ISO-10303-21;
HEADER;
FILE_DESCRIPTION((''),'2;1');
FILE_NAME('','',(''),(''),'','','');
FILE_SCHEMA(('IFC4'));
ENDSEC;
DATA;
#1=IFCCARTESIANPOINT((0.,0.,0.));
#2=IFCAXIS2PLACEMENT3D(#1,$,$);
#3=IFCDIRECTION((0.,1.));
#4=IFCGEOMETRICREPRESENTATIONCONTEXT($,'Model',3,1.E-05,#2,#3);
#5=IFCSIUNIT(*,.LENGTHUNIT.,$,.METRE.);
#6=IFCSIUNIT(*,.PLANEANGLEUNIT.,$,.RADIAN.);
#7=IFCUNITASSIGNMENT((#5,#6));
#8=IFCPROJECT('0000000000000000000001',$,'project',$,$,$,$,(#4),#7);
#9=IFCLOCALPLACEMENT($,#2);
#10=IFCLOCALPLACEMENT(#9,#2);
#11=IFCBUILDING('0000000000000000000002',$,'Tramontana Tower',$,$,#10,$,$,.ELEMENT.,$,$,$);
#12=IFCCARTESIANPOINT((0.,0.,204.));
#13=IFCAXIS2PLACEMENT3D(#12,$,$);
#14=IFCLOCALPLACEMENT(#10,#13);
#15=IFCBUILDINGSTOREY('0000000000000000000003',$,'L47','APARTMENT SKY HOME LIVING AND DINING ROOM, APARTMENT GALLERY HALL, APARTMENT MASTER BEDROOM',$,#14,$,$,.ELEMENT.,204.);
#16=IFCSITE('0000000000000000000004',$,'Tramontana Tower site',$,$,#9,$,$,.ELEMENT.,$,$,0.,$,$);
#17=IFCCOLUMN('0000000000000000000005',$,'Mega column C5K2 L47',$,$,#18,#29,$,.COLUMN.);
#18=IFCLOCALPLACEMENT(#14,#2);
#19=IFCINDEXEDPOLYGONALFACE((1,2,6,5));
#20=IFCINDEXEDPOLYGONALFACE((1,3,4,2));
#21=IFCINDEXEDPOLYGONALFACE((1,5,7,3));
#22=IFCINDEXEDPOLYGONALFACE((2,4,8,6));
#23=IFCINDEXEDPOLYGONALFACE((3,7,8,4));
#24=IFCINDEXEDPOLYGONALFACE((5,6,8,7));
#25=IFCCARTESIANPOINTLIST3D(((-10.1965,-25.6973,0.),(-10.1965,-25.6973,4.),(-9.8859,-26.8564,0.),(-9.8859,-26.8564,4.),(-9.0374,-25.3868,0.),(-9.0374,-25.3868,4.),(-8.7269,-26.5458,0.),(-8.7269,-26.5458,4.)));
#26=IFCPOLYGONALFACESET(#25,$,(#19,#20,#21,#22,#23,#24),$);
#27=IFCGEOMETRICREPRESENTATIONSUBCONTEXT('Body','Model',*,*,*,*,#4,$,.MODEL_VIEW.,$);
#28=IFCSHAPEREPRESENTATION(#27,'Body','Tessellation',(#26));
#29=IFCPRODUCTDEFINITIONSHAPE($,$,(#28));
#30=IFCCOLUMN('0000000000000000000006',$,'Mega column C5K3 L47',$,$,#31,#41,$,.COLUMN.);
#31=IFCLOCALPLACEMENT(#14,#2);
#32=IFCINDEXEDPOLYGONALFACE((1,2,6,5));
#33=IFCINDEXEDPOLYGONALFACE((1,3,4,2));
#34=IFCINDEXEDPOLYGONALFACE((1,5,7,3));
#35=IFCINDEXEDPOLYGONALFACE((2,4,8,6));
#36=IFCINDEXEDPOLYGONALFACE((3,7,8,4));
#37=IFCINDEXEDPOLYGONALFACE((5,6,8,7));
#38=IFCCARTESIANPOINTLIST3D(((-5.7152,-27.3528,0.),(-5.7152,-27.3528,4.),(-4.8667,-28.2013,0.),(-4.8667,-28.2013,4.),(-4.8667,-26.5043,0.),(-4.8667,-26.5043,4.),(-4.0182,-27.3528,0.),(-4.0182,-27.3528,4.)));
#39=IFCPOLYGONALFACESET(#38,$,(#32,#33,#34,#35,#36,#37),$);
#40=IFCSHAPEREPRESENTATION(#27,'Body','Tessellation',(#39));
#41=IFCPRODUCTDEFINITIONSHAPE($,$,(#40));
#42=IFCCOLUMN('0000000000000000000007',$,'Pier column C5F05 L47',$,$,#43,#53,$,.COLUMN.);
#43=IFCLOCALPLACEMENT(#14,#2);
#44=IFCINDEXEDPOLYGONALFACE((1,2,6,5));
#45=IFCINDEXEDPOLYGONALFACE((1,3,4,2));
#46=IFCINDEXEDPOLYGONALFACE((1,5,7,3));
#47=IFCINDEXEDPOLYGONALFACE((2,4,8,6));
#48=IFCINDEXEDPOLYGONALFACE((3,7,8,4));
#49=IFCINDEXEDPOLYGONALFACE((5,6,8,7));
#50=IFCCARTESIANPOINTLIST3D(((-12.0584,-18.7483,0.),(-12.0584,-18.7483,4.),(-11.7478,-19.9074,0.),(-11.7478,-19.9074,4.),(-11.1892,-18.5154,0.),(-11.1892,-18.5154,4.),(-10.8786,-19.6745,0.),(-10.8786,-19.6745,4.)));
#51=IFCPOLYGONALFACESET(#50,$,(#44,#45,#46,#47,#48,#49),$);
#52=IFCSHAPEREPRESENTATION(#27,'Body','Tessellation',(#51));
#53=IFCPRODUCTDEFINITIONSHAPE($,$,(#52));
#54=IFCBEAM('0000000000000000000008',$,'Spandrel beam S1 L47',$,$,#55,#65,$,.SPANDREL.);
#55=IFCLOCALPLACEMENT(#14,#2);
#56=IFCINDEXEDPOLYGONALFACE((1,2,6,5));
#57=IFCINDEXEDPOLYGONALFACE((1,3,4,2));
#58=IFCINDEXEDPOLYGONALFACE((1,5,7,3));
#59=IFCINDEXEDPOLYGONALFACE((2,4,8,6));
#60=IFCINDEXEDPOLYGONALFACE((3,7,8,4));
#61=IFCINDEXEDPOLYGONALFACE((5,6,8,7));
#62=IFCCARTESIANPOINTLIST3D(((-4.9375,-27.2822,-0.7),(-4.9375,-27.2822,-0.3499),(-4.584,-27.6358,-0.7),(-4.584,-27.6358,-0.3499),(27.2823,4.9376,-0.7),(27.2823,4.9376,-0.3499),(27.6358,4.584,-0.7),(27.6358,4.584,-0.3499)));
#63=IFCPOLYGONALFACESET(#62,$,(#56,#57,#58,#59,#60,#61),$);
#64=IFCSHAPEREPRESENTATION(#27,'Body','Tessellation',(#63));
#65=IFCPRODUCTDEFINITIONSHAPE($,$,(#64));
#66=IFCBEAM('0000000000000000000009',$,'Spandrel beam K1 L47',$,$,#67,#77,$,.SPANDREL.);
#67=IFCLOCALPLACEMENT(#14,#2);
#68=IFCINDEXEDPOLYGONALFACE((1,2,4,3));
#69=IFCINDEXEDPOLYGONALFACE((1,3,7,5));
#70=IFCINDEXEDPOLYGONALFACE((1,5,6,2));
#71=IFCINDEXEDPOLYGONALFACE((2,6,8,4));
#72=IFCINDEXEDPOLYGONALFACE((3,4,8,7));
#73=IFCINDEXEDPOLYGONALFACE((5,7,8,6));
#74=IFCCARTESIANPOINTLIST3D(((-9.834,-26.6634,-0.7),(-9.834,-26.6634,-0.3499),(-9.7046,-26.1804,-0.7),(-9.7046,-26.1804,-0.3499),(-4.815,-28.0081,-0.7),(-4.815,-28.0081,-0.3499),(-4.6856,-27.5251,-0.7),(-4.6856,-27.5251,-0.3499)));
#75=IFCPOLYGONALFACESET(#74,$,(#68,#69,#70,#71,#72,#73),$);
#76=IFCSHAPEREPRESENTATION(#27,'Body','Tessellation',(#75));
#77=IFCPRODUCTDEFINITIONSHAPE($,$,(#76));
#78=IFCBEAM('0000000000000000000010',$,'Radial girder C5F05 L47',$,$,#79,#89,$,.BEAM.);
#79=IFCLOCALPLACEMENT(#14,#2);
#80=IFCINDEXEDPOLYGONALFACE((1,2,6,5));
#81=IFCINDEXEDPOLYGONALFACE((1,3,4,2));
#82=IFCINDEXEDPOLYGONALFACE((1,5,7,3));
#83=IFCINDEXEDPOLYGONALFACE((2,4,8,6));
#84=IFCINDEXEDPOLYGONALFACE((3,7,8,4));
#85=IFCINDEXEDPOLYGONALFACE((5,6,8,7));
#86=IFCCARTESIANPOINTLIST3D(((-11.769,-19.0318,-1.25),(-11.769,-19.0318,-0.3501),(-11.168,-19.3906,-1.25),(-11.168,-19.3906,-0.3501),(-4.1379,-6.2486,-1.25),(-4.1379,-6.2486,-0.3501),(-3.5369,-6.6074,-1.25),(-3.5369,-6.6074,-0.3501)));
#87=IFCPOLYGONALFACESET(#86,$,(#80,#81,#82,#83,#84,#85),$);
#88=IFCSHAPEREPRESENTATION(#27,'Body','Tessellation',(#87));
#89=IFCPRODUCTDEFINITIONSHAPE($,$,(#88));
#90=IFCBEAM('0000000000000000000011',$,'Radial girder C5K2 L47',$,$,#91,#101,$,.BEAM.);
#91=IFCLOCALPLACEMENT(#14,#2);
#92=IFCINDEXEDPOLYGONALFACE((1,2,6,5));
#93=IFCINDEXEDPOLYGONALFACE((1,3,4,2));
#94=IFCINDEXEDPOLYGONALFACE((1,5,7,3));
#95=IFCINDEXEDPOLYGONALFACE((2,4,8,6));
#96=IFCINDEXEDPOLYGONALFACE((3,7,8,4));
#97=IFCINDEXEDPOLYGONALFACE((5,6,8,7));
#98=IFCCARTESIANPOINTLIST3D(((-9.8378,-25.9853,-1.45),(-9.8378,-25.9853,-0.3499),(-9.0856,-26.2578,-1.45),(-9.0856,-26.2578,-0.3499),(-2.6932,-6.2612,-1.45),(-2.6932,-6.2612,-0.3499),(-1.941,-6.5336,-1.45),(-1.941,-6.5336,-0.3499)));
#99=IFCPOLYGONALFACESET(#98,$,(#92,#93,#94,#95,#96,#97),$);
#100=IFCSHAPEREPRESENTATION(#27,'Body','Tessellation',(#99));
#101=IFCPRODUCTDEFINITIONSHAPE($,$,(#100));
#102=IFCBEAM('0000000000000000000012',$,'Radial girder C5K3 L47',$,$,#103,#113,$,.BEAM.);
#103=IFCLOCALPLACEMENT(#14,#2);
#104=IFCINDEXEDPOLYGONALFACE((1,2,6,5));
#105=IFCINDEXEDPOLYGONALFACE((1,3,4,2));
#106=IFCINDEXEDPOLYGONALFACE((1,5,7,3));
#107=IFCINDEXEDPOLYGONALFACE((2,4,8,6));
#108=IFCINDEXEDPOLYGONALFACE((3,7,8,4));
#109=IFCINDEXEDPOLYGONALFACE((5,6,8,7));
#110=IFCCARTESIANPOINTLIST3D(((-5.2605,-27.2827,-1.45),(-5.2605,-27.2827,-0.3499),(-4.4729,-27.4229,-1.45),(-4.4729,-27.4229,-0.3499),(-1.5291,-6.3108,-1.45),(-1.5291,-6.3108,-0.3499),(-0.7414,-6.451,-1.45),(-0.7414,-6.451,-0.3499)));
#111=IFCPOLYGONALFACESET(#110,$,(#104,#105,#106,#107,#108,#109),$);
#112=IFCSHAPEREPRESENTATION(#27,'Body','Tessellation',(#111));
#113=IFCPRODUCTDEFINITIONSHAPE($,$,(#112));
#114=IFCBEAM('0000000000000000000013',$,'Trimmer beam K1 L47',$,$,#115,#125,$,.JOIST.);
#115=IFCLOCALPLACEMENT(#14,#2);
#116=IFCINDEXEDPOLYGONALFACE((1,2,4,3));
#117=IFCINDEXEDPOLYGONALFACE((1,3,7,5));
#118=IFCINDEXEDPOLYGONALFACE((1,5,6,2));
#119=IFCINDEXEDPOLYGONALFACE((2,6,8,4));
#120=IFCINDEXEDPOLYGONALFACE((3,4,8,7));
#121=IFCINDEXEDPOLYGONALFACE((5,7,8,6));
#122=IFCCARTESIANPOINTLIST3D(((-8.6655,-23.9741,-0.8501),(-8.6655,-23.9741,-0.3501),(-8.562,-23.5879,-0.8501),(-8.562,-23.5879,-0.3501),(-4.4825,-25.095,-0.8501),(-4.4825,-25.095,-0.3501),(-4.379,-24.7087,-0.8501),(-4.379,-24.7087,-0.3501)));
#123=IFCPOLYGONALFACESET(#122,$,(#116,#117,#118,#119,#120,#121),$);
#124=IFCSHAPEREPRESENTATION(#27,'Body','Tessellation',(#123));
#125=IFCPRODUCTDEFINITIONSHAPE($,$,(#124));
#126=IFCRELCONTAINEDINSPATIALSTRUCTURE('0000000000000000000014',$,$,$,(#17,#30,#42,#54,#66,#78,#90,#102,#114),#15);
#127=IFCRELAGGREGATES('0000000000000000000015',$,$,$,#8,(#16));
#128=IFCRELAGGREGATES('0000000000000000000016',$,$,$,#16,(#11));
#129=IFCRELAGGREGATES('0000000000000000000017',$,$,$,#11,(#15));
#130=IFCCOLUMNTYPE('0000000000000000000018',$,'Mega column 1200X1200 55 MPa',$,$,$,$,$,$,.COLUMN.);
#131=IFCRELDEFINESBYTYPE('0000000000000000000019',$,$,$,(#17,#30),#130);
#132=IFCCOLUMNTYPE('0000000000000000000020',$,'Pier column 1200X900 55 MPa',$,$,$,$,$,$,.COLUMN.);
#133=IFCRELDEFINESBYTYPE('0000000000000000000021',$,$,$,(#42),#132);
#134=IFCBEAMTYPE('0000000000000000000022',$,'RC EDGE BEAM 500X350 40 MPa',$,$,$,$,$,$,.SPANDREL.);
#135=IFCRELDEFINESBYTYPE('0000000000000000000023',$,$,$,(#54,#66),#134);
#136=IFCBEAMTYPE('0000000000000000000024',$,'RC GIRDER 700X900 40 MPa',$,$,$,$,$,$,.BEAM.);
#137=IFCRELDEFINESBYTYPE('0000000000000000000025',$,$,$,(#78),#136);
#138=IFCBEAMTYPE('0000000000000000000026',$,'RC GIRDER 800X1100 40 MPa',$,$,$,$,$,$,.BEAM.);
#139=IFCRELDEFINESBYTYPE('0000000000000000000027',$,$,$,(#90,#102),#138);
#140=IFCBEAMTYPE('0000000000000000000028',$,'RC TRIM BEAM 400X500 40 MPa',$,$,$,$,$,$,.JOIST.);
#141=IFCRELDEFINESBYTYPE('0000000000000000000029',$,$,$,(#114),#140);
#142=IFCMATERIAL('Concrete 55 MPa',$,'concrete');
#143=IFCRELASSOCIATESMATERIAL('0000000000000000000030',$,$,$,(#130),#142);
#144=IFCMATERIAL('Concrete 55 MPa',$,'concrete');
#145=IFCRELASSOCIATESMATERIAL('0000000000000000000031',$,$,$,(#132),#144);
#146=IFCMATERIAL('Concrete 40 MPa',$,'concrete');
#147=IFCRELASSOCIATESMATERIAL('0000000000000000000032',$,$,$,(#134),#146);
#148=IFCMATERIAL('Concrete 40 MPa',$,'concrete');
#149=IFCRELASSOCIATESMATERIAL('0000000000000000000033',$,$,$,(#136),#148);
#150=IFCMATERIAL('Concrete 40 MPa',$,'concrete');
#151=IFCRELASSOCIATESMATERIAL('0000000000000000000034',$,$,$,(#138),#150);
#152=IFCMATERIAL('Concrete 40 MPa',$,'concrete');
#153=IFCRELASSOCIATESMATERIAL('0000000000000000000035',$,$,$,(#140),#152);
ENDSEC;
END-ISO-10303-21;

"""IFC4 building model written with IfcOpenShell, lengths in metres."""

from ifc_helpers import new_model, si_unit, direction, frame, origin, origin_2d, place, context, subcontext, project, spatial, rectangle, extrude, material, material_profile, profile_set, type_object, element, save


model = new_model("IFC4")

# Units and contexts
model_context = context("Model", 3, precision=1e-05, world=origin(), true_north=direction((0.0, 1.0)))
body_context = subcontext(model_context, "Body", "Model", "MODEL_VIEW")
ifc_project = project(units=[si_unit("LENGTHUNIT", "METRE"), si_unit("PLANEANGLEUNIT", "RADIAN")], contexts=[model_context])

# Site, building, storey
site_placement = place(None, origin())
site = spatial("IfcSite", under=ifc_project, at=site_placement, Name="Tramontana Tower site", CompositionType="ELEMENT", RefElevation=0.0)
building_placement = place(site_placement, origin())
building = spatial("IfcBuilding", under=site, at=building_placement, Name="Tramontana Tower", CompositionType="ELEMENT")
storey_placement = place(building_placement, frame((0.0, 0.0, 204.0)))
storey = spatial("IfcBuildingStorey", under=building, at=storey_placement, Name="L47", Description="APARTMENT SKY HOME LIVING AND DINING ROOM, APARTMENT GALLERY HALL, APARTMENT MASTER BEDROOM", CompositionType="ELEMENT", Elevation=204.0)

# Columns
ifc_material_1 = material(Name="Concrete 55 MPa", Category="concrete")
ifc_material_profile_1 = material_profile(ifc_material_1, rectangle(XDim=1.2, YDim=1.2, at=origin_2d()), Name="Mega column 1200X1200 55 MPa")
ifc_profile_set_1 = profile_set([ifc_material_profile_1], Name="Concrete 55 MPa")
column_type_1 = type_object("IfcColumnType", Name="Mega column 1200X1200 55 MPa", PredefinedType="COLUMN", material=ifc_profile_set_1)
for number, where, z_axis, x_axis, name in (
    (1, (-9.4617, -26.1216, 0.0), (0.0, 0.0, 1.0), (0.258819, -0.965926, 0.0), "Mega column C5K2 L47"),
    (2, (-4.8667, -27.3528, 0.0), (0.0, 0.0, 1.0), (0.707107, 0.707107, 0.0), "Mega column C5K3 L47"),
):
    element("IfcColumn", number, at=place(storey_placement, frame(where, z_axis=z_axis, x_axis=x_axis)), inside=storey, type_object=column_type_1, Name=name, PredefinedType="COLUMN", context=body_context, shape_type="SweptSolid", body=[
        extrude(rectangle(XDim=1.2, YDim=1.2, at=origin_2d()), origin(), (0.0, 0.0, 1.0), 4.0),
    ])
ifc_material_2 = material(Name="Concrete 55 MPa", Category="concrete")
ifc_material_profile_2 = material_profile(ifc_material_2, rectangle(XDim=1.2, YDim=0.8999, at=origin_2d()), Name="Pier column 1200X900 55 MPa")
ifc_profile_set_2 = profile_set([ifc_material_profile_2], Name="Concrete 55 MPa")
column_type_2 = type_object("IfcColumnType", Name="Pier column 1200X900 55 MPa", PredefinedType="COLUMN", material=ifc_profile_set_2)
column_placement = place(storey_placement, frame((-11.4685, -19.2114, 0.0), z_axis=(0.0, 0.0, 1.0), x_axis=(0.258819, -0.965926, 0.0)))
element("IfcColumn", 3, at=column_placement, inside=storey, type_object=column_type_2, Name="Pier column C5F05 L47", PredefinedType="COLUMN", context=body_context, shape_type="SweptSolid", body=[
    extrude(rectangle(XDim=1.2, YDim=0.8999, at=origin_2d()), origin(), (0.0, 0.0, 1.0), 4.0),
])

# Beams
ifc_material_3 = material(Name="Concrete 40 MPa", Category="concrete")
ifc_material_profile_3 = material_profile(ifc_material_3, rectangle(XDim=0.5, YDim=0.3501, at=origin_2d()), Name="RC EDGE BEAM 500X350 40 MPa")
ifc_profile_set_3 = profile_set([ifc_material_profile_3], Name="Concrete 40 MPa")
beam_type_1 = type_object("IfcBeamType", Name="RC EDGE BEAM 500X350 40 MPa", PredefinedType="SPANDREL", material=ifc_profile_set_3)
beam_1_placement = place(storey_placement, frame((-4.7607, -27.459, -0.5249), z_axis=(0.707107, 0.707107, 0.0), x_axis=(-0.707107, 0.707107, 0.0)))
element("IfcBeam", 4, at=beam_1_placement, inside=storey, type_object=beam_type_1, Name="Spandrel beam S1 L47", PredefinedType="SPANDREL", context=body_context, shape_type="SweptSolid", body=[
    extrude(rectangle(XDim=0.5, YDim=0.3501, at=origin_2d()), origin(), (0.0, 0.0, 1.0), 45.5657),
])
beam_2_placement = place(storey_placement, frame((-9.7693, -26.4219, -0.5249), z_axis=(0.965932, -0.258797, 0.0), x_axis=(0.258797, 0.965932, 0.0)))
element("IfcBeam", 5, at=beam_2_placement, inside=storey, type_object=beam_type_1, Name="Spandrel beam K1 L47", PredefinedType="SPANDREL", context=body_context, shape_type="SweptSolid", body=[
    extrude(rectangle(XDim=0.5, YDim=0.3501, at=origin_2d()), origin(), (0.0, 0.0, 1.0), 5.196),
])
ifc_material_4 = material(Name="Concrete 40 MPa", Category="concrete")
ifc_material_profile_4 = material_profile(ifc_material_4, rectangle(XDim=0.7, YDim=0.8999, at=origin_2d()), Name="RC GIRDER 700X900 40 MPa")
ifc_profile_set_4 = profile_set([ifc_material_profile_4], Name="Concrete 40 MPa")
beam_type_2 = type_object("IfcBeamType", Name="RC GIRDER 700X900 40 MPa", PredefinedType="BEAM", material=ifc_profile_set_4)
beam_3_placement = place(storey_placement, frame((-11.4685, -19.2112, -0.8), z_axis=(0.512577, 0.858641, 0.0), x_axis=(-0.858641, 0.512577, 0.0)))
element("IfcBeam", 6, at=beam_3_placement, inside=storey, type_object=beam_type_2, Name="Radial girder C5F05 L47", PredefinedType="BEAM", context=body_context, shape_type="SweptSolid", body=[
    extrude(rectangle(XDim=0.7, YDim=0.8999, at=origin_2d()), origin(), (0.0, 0.0, 1.0), 14.8877),
])
ifc_material_5 = material(Name="Concrete 40 MPa", Category="concrete")
ifc_material_profile_5 = material_profile(ifc_material_5, rectangle(XDim=0.8, YDim=1.1001, at=origin_2d()), Name="RC GIRDER 800X1100 40 MPa")
ifc_profile_set_5 = profile_set([ifc_material_profile_5], Name="Concrete 40 MPa")
beam_type_3 = type_object("IfcBeamType", Name="RC GIRDER 800X1100 40 MPa", PredefinedType="BEAM", material=ifc_profile_set_5)
beam_4_placement = place(storey_placement, frame((-9.4617, -26.1216, -0.8999), z_axis=(0.340569, 0.940219, 0.0), x_axis=(-0.940219, 0.340569, 0.0)))
element("IfcBeam", 7, at=beam_4_placement, inside=storey, type_object=beam_type_3, Name="Radial girder C5K2 L47", PredefinedType="BEAM", context=body_context, shape_type="SweptSolid", body=[
    extrude(rectangle(XDim=0.8, YDim=1.1001, at=origin_2d()), origin(), (0.0, 0.0, 1.0), 20.9783),
])
beam_5_placement = place(storey_placement, frame((-4.8667, -27.3528, -0.8999), z_axis=(0.175175, 0.984537, 0.0), x_axis=(-0.984537, 0.175175, 0.0)))
element("IfcBeam", 8, at=beam_5_placement, inside=storey, type_object=beam_type_3, Name="Radial girder C5K3 L47", PredefinedType="BEAM", context=body_context, shape_type="SweptSolid", body=[
    extrude(rectangle(XDim=0.8, YDim=1.1001, at=origin_2d()), origin(), (0.0, 0.0, 1.0), 21.3013),
])
ifc_material_6 = material(Name="Concrete 40 MPa", Category="concrete")
ifc_material_profile_6 = material_profile(ifc_material_6, rectangle(XDim=0.3999, YDim=0.5, at=origin_2d()), Name="RC TRIM BEAM 400X500 40 MPa")
ifc_profile_set_6 = profile_set([ifc_material_profile_6], Name="Concrete 40 MPa")
beam_type_4 = type_object("IfcBeamType", Name="RC TRIM BEAM 400X500 40 MPa", PredefinedType="JOIST", material=ifc_profile_set_6)
beam_6_placement = place(storey_placement, frame((-8.6138, -23.781, -0.6001), z_axis=(0.965926, -0.258817, 0.0), x_axis=(0.258817, 0.965926, 0.0)))
element("IfcBeam", 9, at=beam_6_placement, inside=storey, type_object=beam_type_4, Name="Trimmer beam K1 L47", PredefinedType="JOIST", context=body_context, shape_type="SweptSolid", body=[
    extrude(rectangle(XDim=0.3999, YDim=0.5, at=origin_2d()), origin(), (0.0, 0.0, 1.0), 4.3306),
])

save(model, "model.ifc")
